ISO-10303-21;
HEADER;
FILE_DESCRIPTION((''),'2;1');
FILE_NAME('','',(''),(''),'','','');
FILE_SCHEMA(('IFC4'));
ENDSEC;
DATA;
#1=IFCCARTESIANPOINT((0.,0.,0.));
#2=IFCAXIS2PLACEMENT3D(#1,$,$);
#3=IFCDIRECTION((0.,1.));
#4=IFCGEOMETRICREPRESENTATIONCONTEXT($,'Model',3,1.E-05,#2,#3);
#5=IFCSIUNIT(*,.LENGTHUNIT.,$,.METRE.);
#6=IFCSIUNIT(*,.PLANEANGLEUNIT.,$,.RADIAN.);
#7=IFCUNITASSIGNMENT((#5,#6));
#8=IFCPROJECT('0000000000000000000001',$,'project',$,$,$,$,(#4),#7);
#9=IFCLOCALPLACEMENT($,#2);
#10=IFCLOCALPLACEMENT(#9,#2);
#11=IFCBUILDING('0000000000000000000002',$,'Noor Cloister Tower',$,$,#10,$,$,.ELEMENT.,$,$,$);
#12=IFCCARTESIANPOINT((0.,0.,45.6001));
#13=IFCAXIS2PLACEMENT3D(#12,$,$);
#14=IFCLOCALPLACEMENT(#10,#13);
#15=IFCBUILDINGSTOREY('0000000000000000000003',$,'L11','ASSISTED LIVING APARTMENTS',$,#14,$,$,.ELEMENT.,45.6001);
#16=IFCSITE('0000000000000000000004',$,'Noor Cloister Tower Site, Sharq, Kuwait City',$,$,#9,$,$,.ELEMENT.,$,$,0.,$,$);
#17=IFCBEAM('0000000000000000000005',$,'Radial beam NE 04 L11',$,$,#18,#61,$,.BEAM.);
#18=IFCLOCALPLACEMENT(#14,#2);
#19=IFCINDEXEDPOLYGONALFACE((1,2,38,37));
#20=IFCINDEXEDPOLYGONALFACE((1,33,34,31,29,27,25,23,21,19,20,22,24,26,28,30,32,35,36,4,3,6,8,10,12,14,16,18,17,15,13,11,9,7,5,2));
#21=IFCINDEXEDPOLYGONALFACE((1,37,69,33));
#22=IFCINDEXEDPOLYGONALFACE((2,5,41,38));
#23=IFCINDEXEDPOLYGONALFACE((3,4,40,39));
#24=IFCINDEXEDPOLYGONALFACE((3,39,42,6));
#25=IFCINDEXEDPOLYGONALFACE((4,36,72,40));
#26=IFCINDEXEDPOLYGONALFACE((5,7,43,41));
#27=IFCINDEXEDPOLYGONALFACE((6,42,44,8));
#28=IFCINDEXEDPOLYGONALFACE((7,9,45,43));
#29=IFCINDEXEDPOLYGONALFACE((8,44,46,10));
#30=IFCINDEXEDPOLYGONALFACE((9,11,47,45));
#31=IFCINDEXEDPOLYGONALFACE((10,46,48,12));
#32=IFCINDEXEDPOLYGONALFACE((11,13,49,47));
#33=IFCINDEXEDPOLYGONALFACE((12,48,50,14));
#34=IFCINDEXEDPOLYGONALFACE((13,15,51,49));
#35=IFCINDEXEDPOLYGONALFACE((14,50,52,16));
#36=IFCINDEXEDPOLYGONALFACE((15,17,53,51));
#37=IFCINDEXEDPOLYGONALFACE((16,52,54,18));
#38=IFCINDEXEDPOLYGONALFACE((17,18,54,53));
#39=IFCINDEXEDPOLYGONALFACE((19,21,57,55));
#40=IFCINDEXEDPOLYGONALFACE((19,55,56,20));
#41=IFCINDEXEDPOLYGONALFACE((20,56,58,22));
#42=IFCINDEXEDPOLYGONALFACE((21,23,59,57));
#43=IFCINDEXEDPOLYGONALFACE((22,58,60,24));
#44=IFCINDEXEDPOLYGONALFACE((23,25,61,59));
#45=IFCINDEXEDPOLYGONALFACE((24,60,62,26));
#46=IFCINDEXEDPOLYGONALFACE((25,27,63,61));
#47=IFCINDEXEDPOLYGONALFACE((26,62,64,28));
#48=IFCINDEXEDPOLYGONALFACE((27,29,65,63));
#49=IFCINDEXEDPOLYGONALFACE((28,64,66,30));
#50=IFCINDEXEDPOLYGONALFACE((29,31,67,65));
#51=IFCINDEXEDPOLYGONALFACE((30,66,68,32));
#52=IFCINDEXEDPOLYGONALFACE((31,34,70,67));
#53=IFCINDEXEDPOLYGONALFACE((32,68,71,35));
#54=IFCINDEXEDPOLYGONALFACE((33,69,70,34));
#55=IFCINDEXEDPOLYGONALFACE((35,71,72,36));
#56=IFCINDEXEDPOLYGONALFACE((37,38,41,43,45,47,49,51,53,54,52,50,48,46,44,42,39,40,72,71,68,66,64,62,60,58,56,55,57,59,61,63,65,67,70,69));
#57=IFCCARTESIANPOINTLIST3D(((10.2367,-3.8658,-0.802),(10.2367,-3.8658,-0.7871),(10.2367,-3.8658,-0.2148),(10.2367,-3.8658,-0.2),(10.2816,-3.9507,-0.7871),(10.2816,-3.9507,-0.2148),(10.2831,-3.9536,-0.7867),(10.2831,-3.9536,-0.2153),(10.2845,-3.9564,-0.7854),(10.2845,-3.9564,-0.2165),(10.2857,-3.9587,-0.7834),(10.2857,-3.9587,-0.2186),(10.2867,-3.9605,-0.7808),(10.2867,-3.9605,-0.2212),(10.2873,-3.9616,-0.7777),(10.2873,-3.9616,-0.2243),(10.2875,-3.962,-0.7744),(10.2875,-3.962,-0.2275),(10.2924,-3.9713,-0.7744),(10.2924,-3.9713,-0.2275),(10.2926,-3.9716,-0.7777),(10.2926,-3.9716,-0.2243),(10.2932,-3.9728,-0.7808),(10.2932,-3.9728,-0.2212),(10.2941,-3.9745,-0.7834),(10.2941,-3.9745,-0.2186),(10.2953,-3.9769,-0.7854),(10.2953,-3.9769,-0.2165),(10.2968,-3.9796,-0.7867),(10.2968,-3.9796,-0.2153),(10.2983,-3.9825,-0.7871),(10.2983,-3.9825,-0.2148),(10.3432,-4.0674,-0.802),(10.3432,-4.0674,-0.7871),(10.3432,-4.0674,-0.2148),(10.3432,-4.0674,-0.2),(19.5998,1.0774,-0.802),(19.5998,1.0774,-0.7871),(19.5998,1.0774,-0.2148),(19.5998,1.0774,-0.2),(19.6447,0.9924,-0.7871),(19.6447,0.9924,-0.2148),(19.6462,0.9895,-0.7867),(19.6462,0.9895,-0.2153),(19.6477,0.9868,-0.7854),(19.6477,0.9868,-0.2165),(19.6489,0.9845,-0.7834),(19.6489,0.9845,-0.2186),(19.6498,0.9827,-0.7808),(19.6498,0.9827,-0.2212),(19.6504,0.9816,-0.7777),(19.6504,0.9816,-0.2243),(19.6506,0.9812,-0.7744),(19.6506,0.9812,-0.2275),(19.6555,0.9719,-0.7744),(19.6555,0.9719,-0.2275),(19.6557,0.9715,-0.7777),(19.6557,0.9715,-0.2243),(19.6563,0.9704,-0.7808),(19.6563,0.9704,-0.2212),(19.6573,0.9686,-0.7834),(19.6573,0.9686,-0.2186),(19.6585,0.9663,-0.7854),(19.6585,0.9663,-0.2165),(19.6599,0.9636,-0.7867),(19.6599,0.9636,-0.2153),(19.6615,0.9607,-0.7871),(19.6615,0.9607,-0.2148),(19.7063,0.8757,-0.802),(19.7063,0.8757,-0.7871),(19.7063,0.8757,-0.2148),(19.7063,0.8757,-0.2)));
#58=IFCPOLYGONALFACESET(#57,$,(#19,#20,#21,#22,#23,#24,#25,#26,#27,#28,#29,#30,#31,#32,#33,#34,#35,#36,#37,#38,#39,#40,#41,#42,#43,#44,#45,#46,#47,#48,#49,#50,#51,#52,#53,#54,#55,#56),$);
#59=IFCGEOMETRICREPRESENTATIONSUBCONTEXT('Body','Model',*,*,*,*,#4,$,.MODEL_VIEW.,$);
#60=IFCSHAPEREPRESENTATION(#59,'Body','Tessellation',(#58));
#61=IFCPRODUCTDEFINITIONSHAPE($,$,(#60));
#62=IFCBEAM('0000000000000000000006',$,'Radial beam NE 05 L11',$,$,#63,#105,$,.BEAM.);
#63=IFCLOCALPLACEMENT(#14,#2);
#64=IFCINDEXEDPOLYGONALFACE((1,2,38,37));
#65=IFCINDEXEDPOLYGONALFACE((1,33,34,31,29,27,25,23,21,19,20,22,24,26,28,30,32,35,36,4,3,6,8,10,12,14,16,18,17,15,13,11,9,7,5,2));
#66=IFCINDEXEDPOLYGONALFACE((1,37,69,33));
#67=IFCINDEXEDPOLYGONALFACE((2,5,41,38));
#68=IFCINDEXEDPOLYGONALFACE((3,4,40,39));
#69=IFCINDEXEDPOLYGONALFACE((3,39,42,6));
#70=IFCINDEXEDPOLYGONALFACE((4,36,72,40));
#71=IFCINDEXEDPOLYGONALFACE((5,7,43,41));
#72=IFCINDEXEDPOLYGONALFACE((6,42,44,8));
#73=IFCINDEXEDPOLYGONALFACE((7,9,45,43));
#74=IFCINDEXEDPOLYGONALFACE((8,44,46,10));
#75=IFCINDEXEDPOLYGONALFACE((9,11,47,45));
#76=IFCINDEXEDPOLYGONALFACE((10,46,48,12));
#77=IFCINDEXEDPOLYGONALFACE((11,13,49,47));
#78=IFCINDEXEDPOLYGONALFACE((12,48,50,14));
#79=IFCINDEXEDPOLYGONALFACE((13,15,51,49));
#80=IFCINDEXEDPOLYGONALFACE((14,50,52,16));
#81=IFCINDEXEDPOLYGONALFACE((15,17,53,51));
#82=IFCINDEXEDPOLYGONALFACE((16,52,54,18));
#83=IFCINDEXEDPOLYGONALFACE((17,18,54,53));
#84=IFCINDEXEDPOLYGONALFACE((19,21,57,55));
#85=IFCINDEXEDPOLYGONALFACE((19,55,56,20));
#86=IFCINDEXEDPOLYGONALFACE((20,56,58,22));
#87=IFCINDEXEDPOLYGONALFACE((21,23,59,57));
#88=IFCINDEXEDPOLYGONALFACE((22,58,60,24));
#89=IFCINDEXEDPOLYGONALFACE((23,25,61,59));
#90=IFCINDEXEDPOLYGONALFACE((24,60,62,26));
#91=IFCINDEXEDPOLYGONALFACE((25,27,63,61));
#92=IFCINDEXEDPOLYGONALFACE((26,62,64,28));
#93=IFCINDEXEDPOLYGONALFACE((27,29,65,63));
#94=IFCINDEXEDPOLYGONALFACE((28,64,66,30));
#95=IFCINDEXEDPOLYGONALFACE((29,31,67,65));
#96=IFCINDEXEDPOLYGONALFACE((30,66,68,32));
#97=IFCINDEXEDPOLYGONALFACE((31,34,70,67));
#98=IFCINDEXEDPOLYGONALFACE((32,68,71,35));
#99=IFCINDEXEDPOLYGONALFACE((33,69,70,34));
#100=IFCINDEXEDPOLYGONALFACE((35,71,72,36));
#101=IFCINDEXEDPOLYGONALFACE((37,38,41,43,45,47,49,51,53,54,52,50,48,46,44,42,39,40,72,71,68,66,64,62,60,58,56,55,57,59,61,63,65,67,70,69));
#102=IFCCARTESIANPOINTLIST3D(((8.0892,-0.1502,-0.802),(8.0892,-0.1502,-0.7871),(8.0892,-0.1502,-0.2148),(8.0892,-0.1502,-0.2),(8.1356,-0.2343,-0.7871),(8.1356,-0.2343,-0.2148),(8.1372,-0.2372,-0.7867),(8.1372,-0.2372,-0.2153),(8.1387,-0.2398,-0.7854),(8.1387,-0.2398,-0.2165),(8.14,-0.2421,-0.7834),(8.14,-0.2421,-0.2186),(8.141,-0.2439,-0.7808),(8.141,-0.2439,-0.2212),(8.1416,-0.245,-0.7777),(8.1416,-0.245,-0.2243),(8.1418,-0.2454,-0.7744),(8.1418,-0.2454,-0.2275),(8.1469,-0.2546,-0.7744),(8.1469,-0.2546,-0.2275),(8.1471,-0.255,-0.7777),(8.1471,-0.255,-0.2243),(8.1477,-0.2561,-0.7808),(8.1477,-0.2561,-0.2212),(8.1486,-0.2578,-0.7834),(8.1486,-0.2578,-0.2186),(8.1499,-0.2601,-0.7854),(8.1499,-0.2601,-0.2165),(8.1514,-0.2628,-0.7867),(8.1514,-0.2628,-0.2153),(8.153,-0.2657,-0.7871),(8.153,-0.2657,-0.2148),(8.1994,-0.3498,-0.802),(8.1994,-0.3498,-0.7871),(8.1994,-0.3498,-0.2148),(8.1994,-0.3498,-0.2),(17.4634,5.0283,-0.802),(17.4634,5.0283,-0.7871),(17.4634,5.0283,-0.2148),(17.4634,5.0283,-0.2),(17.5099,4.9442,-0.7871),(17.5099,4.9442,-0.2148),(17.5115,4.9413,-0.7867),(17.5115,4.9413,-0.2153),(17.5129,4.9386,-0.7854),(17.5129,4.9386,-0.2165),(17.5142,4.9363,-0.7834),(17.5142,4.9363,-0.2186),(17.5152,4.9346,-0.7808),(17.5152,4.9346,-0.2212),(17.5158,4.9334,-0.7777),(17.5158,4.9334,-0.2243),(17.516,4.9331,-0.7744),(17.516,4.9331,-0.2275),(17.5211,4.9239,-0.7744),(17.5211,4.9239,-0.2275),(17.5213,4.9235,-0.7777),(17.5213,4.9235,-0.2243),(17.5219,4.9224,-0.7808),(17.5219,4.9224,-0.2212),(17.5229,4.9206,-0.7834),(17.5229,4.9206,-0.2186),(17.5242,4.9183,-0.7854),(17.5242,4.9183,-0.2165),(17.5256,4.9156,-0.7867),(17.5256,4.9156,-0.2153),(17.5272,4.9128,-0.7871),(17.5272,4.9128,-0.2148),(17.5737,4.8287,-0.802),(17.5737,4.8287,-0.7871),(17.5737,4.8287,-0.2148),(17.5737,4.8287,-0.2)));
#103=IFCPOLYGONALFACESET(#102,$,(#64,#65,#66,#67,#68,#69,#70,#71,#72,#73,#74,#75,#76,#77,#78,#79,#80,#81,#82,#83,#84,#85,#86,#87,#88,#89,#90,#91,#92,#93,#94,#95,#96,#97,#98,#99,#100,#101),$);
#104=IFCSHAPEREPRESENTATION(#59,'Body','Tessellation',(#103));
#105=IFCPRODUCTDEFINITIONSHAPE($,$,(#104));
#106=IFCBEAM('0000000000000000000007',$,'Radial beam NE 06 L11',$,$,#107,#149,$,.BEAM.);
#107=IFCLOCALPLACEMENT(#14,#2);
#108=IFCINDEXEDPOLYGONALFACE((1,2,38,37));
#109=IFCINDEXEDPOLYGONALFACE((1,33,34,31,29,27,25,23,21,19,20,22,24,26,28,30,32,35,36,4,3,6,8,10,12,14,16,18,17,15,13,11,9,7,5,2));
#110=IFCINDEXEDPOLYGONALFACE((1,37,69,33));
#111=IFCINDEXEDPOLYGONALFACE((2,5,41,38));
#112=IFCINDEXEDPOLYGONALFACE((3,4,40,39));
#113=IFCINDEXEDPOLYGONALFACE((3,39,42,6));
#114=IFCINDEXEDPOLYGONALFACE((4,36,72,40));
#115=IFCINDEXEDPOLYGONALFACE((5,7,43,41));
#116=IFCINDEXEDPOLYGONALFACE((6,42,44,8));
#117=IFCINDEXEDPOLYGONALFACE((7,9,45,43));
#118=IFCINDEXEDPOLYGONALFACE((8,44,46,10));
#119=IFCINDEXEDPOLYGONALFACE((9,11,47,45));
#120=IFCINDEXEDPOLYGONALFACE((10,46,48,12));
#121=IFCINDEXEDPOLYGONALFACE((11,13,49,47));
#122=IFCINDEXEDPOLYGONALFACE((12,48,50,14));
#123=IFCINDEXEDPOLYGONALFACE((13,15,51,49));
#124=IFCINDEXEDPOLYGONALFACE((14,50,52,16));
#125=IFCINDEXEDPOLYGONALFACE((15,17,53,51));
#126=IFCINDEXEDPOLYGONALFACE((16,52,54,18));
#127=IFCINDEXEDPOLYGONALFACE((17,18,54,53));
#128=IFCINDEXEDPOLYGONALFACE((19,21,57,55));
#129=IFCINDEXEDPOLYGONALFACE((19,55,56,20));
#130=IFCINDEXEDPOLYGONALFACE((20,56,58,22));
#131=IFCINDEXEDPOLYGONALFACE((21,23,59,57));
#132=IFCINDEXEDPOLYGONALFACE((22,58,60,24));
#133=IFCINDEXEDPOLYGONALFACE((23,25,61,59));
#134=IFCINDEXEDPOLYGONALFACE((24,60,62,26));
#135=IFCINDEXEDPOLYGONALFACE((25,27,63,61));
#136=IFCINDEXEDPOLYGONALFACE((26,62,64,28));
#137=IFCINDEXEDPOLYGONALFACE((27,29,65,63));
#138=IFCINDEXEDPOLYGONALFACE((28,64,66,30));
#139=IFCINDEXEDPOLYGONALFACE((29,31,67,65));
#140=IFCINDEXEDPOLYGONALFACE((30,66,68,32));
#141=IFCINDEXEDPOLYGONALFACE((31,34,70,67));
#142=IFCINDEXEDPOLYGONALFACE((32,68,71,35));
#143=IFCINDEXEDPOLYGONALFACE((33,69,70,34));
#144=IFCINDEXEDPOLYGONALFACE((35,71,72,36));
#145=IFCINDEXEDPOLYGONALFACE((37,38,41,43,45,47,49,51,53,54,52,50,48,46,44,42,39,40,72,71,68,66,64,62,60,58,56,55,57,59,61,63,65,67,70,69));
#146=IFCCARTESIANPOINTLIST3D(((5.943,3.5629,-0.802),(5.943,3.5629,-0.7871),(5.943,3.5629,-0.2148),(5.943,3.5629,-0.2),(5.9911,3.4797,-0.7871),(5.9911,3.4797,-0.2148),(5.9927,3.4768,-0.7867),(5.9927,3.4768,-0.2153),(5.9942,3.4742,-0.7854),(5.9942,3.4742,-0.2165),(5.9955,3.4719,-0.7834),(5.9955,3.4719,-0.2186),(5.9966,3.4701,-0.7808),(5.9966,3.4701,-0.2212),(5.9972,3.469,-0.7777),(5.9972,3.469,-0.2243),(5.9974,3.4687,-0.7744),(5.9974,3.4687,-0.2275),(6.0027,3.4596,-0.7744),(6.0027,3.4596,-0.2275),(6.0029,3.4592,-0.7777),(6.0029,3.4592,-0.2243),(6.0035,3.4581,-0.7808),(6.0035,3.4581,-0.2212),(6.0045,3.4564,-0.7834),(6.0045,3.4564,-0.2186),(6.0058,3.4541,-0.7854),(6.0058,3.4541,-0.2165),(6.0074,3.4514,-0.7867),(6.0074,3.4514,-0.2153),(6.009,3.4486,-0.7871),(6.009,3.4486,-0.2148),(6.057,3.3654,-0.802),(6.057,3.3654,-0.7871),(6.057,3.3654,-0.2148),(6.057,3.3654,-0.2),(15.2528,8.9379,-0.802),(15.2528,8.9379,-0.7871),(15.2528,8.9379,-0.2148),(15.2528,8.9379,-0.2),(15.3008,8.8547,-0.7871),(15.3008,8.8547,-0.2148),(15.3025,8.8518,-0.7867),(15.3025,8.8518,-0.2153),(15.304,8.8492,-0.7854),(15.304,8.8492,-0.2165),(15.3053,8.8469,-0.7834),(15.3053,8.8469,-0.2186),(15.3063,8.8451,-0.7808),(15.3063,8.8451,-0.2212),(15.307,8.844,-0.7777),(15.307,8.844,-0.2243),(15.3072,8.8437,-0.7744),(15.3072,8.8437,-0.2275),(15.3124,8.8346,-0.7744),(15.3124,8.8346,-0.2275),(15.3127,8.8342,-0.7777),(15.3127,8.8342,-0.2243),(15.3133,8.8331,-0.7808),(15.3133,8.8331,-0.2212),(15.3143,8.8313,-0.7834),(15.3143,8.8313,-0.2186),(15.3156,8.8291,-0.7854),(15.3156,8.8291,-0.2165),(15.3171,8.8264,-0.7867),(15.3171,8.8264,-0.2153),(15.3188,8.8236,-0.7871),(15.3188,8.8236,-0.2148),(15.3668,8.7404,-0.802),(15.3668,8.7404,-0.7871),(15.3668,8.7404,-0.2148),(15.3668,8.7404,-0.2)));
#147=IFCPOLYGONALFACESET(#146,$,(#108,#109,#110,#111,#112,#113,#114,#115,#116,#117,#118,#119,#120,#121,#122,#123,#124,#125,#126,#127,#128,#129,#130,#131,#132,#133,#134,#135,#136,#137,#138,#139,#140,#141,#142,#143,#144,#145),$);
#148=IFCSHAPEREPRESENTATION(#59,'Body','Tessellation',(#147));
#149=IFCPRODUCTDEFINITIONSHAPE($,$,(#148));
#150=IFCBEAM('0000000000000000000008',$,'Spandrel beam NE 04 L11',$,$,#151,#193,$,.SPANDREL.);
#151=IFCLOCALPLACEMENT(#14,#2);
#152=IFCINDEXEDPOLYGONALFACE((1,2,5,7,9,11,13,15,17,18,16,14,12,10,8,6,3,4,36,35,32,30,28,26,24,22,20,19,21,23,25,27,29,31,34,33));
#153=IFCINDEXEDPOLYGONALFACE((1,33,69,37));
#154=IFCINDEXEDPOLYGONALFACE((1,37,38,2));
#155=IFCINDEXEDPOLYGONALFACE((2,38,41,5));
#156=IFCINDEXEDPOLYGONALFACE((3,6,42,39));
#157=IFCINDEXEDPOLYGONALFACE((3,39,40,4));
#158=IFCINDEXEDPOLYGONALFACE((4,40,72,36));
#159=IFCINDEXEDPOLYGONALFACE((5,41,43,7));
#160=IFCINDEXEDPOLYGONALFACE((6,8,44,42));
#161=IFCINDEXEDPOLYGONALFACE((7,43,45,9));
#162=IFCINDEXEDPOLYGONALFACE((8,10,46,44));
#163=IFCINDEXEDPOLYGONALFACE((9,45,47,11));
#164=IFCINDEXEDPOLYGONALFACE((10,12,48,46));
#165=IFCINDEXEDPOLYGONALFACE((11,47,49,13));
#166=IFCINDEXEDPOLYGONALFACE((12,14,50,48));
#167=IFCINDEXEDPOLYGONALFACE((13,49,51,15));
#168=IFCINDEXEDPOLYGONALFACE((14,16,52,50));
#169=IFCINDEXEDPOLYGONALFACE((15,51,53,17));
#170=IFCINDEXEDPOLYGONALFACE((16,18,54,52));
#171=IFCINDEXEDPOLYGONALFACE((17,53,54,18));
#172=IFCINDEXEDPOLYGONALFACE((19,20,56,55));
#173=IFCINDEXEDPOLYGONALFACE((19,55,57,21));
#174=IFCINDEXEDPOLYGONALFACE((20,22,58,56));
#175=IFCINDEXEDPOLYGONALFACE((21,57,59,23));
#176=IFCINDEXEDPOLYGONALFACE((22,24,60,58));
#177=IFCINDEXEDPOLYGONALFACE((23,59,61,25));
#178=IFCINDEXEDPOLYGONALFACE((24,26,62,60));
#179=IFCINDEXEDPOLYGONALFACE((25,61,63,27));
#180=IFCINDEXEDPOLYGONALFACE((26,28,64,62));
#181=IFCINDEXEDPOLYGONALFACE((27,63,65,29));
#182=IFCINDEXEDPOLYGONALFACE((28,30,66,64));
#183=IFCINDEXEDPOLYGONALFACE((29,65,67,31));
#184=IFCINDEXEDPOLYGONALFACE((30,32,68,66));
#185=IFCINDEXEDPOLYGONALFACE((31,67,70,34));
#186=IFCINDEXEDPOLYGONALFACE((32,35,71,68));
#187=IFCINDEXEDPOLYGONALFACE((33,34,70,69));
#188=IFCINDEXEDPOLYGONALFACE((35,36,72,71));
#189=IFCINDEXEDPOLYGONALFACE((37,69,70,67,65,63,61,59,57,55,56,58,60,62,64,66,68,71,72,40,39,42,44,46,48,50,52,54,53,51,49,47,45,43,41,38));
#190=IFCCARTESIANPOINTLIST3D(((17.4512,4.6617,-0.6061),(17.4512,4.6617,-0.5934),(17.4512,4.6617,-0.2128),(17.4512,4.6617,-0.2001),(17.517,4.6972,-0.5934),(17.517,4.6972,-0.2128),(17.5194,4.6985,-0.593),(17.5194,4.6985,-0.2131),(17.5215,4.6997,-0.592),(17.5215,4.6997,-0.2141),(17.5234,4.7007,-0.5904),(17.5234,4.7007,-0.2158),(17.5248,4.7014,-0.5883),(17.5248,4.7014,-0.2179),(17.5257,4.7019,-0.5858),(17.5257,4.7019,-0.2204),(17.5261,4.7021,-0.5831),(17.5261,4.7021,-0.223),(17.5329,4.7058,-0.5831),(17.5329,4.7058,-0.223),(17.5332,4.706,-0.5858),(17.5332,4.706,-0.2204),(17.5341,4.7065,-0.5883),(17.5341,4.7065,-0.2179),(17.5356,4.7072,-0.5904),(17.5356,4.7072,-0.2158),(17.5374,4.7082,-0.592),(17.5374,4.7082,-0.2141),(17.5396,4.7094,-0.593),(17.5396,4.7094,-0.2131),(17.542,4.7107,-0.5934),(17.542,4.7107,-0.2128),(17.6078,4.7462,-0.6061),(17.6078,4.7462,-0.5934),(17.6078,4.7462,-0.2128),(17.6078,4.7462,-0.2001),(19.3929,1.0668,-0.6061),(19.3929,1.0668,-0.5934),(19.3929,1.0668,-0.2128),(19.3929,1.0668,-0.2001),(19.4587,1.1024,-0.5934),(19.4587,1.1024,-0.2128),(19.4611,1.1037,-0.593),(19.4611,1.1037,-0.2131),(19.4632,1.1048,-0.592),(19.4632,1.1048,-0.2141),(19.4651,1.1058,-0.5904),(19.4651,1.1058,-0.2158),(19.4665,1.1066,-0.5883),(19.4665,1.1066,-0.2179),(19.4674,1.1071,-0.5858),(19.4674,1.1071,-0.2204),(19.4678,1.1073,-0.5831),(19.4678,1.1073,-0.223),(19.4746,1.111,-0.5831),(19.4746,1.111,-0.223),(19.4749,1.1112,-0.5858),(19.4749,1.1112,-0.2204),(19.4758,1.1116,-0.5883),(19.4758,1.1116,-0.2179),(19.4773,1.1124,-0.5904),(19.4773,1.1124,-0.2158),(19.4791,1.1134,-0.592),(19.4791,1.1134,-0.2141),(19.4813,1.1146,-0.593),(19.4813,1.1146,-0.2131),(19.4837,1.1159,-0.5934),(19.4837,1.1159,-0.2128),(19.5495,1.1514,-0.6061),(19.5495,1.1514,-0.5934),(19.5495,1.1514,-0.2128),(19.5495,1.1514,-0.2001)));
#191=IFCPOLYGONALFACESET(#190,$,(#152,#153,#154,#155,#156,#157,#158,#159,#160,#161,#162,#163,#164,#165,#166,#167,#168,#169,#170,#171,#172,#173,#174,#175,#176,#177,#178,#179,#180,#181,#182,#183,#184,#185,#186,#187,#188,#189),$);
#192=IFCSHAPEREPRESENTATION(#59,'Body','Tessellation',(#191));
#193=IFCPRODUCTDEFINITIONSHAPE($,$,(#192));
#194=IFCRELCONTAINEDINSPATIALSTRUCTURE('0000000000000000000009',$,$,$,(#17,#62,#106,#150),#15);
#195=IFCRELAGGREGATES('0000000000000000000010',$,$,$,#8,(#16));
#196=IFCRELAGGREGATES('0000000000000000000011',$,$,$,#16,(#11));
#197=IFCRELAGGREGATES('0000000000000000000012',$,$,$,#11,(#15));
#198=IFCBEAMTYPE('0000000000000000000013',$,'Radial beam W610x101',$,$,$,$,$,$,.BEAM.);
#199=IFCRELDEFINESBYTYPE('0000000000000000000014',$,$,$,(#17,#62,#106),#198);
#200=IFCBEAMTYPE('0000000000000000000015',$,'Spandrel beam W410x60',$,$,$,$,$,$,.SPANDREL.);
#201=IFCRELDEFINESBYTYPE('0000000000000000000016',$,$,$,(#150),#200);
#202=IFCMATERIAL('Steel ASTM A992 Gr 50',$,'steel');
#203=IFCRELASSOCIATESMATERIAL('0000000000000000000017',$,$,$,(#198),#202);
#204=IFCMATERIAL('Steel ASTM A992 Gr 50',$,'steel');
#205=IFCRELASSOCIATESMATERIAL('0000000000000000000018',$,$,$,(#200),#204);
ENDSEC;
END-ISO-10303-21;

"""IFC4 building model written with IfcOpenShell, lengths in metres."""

from ifc_helpers import new_model, si_unit, direction, frame, origin, origin_2d, place, context, subcontext, project, spatial, i_section, extrude, material, material_profile, profile_set, type_object, element, save


model = new_model("IFC4")

# Units and contexts
model_context = context("Model", 3, precision=1e-05, world=origin(), true_north=direction((0.0, 1.0)))
body_context = subcontext(model_context, "Body", "Model", "MODEL_VIEW")
ifc_project = project(units=[si_unit("LENGTHUNIT", "METRE"), si_unit("PLANEANGLEUNIT", "RADIAN")], contexts=[model_context])

# Site, building, storey
site_placement = place(None, origin())
site = spatial("IfcSite", under=ifc_project, at=site_placement, Name="Noor Cloister Tower Site, Sharq, Kuwait City", CompositionType="ELEMENT", RefElevation=0.0)
building_placement = place(site_placement, origin())
building = spatial("IfcBuilding", under=site, at=building_placement, Name="Noor Cloister Tower", CompositionType="ELEMENT")
storey_placement = place(building_placement, frame((0.0, 0.0, 45.6001)))
storey = spatial("IfcBuildingStorey", under=building, at=storey_placement, Name="L11", Description="ASSISTED LIVING APARTMENTS", CompositionType="ELEMENT", Elevation=45.6001)

# Beams
ifc_material_1 = material(Name="Steel ASTM A992 Gr 50", Category="steel")
ifc_material_profile_1 = material_profile(ifc_material_1, i_section(OverallWidth=0.228, OverallDepth=0.6021, WebThickness=0.0105, FlangeThickness=0.0149, FilletRadius=0.0127, at=origin_2d()), Name="W610x101")
ifc_profile_set_1 = profile_set([ifc_material_profile_1], Name="Steel ASTM A992 Gr 50")
beam_type_1 = type_object("IfcBeamType", Name="Radial beam W610x101", PredefinedType="BEAM", material=ifc_profile_set_1)
beam_1_placement = place(storey_placement, frame((19.6531, 0.9766, -0.501), z_axis=(-0.884326, -0.46687, 0.0), x_axis=(0.46687, -0.884326, 0.0)))
element("IfcBeam", 1, at=beam_1_placement, inside=storey, type_object=beam_type_1, Name="Radial beam NE 04 L11", PredefinedType="BEAM", context=body_context, shape_type="SweptSolid", body=[
    extrude(i_section(OverallWidth=0.228, OverallDepth=0.6021, WebThickness=0.0105, FlangeThickness=0.0149, FilletRadius=0.0127, at=origin_2d()), origin(), (0.0, 0.0, 1.0), 10.5879),
])
beam_2_placement = place(storey_placement, frame((17.5186, 4.9285, -0.501), z_axis=(-0.875323, -0.48354, 0.0), x_axis=(0.48354, -0.875323, 0.0)))
element("IfcBeam", 2, at=beam_2_placement, inside=storey, type_object=beam_type_1, Name="Radial beam NE 05 L11", PredefinedType="BEAM", context=body_context, shape_type="SweptSolid", body=[
    extrude(i_section(OverallWidth=0.228, OverallDepth=0.6021, WebThickness=0.0105, FlangeThickness=0.0149, FilletRadius=0.0127, at=origin_2d()), origin(), (0.0, 0.0, 1.0), 10.7095),
])
beam_3_placement = place(storey_placement, frame((15.3098, 8.8391, -0.501), z_axis=(-0.866026, -0.499998, 0.0), x_axis=(0.499998, -0.866026, 0.0)))
element("IfcBeam", 3, at=beam_3_placement, inside=storey, type_object=beam_type_1, Name="Radial beam NE 06 L11", PredefinedType="BEAM", context=body_context, shape_type="SweptSolid", body=[
    extrude(i_section(OverallWidth=0.228, OverallDepth=0.6021, WebThickness=0.0105, FlangeThickness=0.0149, FilletRadius=0.0127, at=origin_2d()), origin(), (0.0, 0.0, 1.0), 10.75),
])
ifc_material_2 = material(Name="Steel ASTM A992 Gr 50", Category="steel")
ifc_material_profile_2 = material_profile(ifc_material_2, i_section(OverallWidth=0.178, OverallDepth=0.406, WebThickness=0.0078, FlangeThickness=0.0127, FilletRadius=0.0103, at=origin_2d()), Name="W410x60")
ifc_profile_set_2 = profile_set([ifc_material_profile_2], Name="Steel ASTM A992 Gr 50")
beam_type_2 = type_object("IfcBeamType", Name="Spandrel beam W410x60", PredefinedType="SPANDREL", material=ifc_profile_set_2)
beam_4_placement = place(storey_placement, frame((19.4712, 1.1091, -0.4031), z_axis=(-0.475243, 0.879854, 0.0), x_axis=(-0.879854, -0.475243, 0.0)))
element("IfcBeam", 4, at=beam_4_placement, inside=storey, type_object=beam_type_2, Name="Spandrel beam NE 04 L11", PredefinedType="SPANDREL", context=body_context, shape_type="SweptSolid", body=[
    extrude(i_section(OverallWidth=0.178, OverallDepth=0.406, WebThickness=0.0078, FlangeThickness=0.0127, FilletRadius=0.0103, at=origin_2d()), origin(), (0.0, 0.0, 1.0), 4.0857),
])

save(model, "model.ifc")
